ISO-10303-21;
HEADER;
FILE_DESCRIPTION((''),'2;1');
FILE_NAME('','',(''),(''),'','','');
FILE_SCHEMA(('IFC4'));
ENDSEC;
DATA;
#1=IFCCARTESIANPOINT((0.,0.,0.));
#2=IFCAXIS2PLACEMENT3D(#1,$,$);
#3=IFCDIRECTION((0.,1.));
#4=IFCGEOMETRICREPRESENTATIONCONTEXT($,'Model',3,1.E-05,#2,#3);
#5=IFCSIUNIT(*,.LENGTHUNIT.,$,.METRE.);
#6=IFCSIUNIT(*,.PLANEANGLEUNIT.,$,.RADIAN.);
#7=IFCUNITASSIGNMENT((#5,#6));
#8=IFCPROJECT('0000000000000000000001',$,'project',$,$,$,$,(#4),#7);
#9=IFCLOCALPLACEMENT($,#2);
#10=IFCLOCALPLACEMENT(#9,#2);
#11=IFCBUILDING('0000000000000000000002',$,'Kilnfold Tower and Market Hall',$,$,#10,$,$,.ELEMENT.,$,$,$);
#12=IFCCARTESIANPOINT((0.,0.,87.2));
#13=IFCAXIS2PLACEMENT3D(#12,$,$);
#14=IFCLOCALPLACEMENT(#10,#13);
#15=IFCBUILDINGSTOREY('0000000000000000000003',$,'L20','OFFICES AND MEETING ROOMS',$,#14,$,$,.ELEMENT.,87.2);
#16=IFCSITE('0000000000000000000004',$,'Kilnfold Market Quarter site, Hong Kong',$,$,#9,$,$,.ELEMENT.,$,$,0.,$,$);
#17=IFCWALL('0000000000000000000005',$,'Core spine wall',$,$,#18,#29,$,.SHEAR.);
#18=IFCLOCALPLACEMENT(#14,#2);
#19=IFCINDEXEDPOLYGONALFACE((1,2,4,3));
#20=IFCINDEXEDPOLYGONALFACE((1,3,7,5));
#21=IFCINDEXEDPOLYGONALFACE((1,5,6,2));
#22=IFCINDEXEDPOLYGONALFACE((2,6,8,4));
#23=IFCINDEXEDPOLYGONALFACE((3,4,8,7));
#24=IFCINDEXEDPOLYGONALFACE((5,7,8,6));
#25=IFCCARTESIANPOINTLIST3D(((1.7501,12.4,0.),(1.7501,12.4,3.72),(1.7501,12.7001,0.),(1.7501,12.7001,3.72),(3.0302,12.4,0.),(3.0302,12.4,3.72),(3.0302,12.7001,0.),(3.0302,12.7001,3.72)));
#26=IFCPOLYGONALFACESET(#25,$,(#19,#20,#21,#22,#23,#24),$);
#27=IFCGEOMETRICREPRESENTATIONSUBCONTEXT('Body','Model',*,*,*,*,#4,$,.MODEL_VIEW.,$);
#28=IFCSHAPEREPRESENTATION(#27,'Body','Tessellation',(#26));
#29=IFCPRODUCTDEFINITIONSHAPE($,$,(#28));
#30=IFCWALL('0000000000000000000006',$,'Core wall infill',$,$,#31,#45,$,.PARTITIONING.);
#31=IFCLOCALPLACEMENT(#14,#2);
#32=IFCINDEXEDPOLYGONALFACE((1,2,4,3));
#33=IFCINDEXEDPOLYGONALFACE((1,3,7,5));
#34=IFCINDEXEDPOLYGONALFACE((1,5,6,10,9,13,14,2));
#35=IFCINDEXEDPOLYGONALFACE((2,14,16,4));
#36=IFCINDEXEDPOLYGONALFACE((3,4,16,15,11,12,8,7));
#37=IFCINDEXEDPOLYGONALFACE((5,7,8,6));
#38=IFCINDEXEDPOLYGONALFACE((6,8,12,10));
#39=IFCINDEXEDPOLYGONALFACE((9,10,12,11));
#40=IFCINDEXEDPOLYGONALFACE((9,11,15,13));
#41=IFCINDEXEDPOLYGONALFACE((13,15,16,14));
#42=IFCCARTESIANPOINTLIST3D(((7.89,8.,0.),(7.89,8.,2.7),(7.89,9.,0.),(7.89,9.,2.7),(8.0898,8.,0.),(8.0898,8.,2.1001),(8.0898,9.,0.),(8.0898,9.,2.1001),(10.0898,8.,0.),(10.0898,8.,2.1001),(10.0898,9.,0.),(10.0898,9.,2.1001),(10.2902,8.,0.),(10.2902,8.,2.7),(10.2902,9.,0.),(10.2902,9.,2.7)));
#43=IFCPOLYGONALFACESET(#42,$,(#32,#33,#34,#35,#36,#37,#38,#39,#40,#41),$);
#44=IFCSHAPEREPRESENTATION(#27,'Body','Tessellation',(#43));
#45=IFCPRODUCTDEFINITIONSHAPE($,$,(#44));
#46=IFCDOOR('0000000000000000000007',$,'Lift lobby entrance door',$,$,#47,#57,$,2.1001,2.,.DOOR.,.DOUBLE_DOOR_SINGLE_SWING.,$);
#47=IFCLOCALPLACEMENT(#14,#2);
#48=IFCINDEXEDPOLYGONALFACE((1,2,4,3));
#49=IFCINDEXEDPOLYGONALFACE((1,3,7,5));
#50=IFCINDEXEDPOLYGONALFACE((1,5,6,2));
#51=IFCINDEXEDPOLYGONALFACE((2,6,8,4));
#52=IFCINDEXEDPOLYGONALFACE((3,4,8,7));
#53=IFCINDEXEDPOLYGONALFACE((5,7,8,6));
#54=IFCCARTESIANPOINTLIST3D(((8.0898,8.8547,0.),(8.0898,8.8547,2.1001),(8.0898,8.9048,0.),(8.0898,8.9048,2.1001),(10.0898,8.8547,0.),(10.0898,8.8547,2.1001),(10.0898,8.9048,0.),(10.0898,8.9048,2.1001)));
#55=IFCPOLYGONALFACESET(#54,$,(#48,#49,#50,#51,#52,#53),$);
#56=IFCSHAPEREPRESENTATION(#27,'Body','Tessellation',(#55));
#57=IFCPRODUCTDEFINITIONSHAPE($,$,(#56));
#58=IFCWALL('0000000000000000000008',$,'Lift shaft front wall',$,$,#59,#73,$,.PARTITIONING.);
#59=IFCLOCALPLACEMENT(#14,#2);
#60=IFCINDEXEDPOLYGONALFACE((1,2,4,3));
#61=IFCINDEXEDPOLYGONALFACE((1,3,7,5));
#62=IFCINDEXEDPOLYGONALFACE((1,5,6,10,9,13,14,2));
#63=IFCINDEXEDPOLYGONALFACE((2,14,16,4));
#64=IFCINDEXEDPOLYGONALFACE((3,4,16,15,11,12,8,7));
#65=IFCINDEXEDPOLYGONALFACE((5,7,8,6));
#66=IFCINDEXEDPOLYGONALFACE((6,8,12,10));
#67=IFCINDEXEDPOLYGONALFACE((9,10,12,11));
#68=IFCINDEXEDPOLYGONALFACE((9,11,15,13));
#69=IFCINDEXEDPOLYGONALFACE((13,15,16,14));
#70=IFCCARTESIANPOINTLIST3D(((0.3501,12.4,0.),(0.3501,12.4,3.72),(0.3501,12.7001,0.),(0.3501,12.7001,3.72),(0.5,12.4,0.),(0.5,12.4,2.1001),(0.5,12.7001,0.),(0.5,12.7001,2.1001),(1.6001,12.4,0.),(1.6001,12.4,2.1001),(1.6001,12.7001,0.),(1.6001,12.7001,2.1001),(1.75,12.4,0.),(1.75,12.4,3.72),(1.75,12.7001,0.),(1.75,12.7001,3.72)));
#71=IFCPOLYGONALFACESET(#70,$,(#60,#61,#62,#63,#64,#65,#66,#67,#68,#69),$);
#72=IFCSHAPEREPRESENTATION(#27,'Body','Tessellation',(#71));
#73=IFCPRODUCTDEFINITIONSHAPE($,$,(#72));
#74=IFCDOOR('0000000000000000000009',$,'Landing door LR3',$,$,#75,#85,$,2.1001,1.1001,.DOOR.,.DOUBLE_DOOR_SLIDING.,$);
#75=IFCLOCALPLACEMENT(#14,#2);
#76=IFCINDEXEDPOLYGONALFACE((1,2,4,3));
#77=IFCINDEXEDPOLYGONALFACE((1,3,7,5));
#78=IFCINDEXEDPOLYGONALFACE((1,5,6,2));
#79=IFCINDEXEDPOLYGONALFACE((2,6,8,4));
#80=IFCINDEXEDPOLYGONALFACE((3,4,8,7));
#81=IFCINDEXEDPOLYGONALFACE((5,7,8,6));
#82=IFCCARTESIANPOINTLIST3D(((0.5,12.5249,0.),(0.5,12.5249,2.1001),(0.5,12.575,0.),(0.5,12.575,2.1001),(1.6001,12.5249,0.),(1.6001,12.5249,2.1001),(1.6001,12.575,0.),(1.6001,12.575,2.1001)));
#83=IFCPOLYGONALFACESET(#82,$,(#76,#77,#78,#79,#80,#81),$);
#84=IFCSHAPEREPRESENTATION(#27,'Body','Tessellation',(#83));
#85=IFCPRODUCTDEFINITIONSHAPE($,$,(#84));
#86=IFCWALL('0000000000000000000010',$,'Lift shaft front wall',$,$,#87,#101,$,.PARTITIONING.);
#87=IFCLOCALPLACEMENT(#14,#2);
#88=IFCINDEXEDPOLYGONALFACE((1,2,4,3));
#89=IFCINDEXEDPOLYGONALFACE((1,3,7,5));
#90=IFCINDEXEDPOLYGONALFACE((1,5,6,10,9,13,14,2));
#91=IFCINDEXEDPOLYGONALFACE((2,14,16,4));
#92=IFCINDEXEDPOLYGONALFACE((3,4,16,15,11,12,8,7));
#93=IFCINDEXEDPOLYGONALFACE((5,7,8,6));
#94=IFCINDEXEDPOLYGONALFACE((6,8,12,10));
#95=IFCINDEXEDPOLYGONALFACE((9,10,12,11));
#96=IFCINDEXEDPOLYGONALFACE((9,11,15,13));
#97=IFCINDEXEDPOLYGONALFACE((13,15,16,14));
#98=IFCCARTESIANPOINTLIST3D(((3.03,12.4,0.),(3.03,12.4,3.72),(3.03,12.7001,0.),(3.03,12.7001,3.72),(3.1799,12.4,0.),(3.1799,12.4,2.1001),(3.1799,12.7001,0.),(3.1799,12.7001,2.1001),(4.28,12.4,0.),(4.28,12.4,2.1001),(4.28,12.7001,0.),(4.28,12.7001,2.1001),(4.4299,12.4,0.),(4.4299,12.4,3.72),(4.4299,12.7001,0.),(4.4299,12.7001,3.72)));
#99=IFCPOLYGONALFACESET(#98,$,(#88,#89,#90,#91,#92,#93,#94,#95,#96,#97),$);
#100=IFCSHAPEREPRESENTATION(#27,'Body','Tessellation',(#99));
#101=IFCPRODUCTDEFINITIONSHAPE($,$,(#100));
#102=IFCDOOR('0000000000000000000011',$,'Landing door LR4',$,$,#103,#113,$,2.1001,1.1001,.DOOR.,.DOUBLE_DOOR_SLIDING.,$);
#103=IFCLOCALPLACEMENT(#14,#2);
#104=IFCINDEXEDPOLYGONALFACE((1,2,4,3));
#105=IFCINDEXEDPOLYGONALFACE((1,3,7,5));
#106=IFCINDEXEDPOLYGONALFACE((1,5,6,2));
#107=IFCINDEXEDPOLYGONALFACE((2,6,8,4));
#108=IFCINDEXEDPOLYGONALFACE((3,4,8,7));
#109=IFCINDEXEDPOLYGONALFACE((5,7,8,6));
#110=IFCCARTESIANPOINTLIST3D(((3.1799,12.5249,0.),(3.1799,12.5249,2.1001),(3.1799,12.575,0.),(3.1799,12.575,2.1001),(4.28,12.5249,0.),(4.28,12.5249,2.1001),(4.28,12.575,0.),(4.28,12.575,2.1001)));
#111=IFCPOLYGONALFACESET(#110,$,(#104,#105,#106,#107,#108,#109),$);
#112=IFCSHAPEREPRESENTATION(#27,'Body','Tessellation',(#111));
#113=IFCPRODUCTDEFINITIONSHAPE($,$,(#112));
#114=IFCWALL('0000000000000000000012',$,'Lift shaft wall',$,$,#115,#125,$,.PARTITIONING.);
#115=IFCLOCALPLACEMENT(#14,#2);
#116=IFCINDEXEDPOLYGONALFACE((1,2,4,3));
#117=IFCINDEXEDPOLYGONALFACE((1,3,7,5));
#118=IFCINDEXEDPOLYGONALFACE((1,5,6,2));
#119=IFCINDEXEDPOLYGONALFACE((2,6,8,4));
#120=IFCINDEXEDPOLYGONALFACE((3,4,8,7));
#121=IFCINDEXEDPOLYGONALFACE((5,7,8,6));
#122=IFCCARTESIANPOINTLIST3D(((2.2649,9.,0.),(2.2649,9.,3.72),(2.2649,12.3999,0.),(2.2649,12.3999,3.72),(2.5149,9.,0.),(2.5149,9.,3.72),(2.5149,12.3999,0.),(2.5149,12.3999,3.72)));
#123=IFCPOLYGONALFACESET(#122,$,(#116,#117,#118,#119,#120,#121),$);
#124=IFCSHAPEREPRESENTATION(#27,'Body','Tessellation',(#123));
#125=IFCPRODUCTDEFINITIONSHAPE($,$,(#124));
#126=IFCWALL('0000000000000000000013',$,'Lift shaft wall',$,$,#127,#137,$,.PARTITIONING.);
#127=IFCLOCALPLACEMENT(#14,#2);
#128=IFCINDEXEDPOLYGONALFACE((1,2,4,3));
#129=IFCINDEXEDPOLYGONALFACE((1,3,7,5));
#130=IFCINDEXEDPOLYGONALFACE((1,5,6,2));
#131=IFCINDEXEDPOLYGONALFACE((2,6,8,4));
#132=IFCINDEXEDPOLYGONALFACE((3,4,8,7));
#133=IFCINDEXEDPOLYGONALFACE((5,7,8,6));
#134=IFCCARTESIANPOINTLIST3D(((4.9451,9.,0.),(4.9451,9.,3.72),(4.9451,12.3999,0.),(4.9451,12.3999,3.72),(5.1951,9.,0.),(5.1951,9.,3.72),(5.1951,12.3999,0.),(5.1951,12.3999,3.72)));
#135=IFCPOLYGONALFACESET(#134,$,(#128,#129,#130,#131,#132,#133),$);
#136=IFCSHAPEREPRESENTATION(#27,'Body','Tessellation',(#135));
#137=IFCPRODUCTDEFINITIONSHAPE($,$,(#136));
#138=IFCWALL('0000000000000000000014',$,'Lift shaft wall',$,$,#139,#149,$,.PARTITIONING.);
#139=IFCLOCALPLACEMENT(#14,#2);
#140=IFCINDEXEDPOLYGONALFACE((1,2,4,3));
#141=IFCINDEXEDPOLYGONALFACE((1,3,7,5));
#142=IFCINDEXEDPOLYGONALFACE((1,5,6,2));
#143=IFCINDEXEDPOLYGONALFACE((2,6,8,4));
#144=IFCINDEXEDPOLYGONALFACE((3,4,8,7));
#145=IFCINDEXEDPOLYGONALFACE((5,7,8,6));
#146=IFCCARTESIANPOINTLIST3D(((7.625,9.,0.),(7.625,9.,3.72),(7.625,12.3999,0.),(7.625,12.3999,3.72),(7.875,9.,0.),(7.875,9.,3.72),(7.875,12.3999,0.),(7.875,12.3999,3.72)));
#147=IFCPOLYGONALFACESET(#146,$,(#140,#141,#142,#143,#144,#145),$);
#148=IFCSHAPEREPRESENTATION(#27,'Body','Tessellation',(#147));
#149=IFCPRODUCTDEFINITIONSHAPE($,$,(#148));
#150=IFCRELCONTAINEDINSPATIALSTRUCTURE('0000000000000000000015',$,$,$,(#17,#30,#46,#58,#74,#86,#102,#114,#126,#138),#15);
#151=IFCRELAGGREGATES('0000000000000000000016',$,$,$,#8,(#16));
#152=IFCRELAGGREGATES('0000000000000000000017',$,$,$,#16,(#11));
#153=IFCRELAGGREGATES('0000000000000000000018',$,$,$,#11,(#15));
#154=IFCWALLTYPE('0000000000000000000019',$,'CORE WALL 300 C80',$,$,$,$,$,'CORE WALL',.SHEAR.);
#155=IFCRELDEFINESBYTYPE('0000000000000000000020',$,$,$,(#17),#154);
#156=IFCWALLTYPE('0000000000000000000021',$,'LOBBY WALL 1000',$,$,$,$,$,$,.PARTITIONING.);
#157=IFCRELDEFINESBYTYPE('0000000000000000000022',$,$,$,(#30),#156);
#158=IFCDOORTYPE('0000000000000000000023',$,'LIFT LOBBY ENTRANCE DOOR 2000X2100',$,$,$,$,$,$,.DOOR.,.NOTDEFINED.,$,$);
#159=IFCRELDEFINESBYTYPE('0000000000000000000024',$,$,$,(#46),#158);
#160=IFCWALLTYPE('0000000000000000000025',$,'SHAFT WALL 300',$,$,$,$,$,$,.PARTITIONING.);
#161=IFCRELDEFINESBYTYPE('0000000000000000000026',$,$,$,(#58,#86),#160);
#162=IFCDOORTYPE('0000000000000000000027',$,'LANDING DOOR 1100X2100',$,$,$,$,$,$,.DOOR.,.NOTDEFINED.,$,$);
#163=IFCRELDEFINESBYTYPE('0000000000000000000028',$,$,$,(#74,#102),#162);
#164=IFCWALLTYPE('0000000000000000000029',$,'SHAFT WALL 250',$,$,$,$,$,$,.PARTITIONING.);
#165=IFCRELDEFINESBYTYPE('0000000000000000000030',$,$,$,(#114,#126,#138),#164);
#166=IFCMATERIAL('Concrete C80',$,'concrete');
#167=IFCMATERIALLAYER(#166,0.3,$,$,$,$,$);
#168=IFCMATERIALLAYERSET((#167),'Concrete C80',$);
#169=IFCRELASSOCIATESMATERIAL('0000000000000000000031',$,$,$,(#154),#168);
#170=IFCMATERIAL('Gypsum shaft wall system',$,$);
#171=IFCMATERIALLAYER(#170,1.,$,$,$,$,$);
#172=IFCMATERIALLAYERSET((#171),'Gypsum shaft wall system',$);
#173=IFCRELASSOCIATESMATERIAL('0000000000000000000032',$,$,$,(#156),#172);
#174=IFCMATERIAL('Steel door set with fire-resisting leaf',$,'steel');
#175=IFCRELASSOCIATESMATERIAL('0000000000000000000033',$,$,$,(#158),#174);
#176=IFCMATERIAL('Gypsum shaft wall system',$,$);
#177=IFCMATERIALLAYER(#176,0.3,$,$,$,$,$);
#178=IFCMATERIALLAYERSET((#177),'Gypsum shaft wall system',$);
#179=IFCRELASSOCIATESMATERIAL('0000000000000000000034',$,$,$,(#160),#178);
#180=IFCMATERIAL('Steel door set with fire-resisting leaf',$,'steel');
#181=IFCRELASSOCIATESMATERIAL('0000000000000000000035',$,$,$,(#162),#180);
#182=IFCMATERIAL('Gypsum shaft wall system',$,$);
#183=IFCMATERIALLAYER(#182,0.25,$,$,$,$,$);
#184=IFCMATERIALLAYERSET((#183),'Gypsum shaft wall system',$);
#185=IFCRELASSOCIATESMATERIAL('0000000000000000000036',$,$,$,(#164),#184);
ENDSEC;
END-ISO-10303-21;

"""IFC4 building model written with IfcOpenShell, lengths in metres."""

from ifc_helpers import new_model, si_unit, direction, frame, frame_2d, origin, place, context, subcontext, project, spatial, rectangle, extrude, source, transform, mapped, material, layer, layer_set, type_object, element, fill, save


model = new_model("IFC4")

# Units and contexts
model_context = context("Model", 3, precision=1e-05, world=origin(), true_north=direction((0.0, 1.0)))
body_context = subcontext(model_context, "Body", "Model", "MODEL_VIEW")
ifc_project = project(units=[si_unit("LENGTHUNIT", "METRE"), si_unit("PLANEANGLEUNIT", "RADIAN")], contexts=[model_context])

# Site, building, storey
site_placement = place(None, origin())
site = spatial("IfcSite", under=ifc_project, at=site_placement, Name="Kilnfold Market Quarter site, Hong Kong", CompositionType="ELEMENT", RefElevation=0.0)
building_placement = place(site_placement, origin())
building = spatial("IfcBuilding", under=site, at=building_placement, Name="Kilnfold Tower and Market Hall", CompositionType="ELEMENT")
storey_placement = place(building_placement, frame((0.0, 0.0, 87.2)))
storey = spatial("IfcBuildingStorey", under=building, at=storey_placement, Name="L20", Description="OFFICES AND MEETING ROOMS", CompositionType="ELEMENT", Elevation=87.2)

# Wall
ifc_material_1 = material(Name="Concrete C80", Category="concrete")
ifc_layer_1 = layer(ifc_material_1, 0.3)
ifc_layer_set_1 = layer_set([ifc_layer_1], Name="Concrete C80")
wall_type_1 = type_object("IfcWallType", Name="CORE WALL 300 C80", ElementType="CORE WALL", PredefinedType="SHEAR", material=ifc_layer_set_1)
shared_shape_1 = source(origin(), body_context, "Body", "SweptSolid", [
    extrude(rectangle(XDim=1.28, YDim=0.3, at=frame_2d((0.6401, 0.0))), origin(), (0.0, 0.0, 1.0), 3.72),
])
wall_1_placement = place(storey_placement, frame((1.75, 12.55, 0.0), z_axis=(0.0, 0.0, 1.0), x_axis=(1.0, 0.0, 0.0)))
element("IfcWall", 1, at=wall_1_placement, inside=storey, type_object=wall_type_1, Name="Core spine wall", PredefinedType="SHEAR", context=body_context, shape_type="MappedRepresentation", body=[
    mapped(shared_shape_1, transform((0.0, 0.0, 0.0))),
])

# Walls, openings, doors
ifc_material_2 = material(Name="Gypsum shaft wall system")
ifc_layer_2 = layer(ifc_material_2, 1.0)
ifc_layer_set_2 = layer_set([ifc_layer_2], Name="Gypsum shaft wall system")
wall_type_2 = type_object("IfcWallType", Name="LOBBY WALL 1000", PredefinedType="PARTITIONING", material=ifc_layer_set_2)
shared_shape_2 = source(origin(), body_context, "Body", "SweptSolid", [
    extrude(rectangle(XDim=2.4001, YDim=1.0, at=frame_2d((1.2002, 0.0))), origin(), (0.0, 0.0, 1.0), 2.7),
])
wall_2_placement = place(storey_placement, frame((7.8899, 8.5, 0.0), z_axis=(0.0, 0.0, 1.0), x_axis=(1.0, 0.0, 0.0)))
wall_2 = element("IfcWall", 2, at=wall_2_placement, inside=storey, type_object=wall_type_2, Name="Core wall infill", PredefinedType="PARTITIONING", context=body_context, shape_type="MappedRepresentation", body=[
    mapped(shared_shape_2, transform((0.0, 0.0, 0.0))),
])
opening_1_placement = place(wall_2_placement, frame((0.2, 0.0, 0.0)))
opening_1 = element("IfcOpeningElement", 3, at=opening_1_placement, cuts=wall_2, PredefinedType="OPENING", context=body_context, shape_type="SweptSolid", body=[
    extrude(rectangle(XDim=2.0, YDim=2.1001, at=frame_2d((1.0, 1.05))), frame((0.0, 0.51, 0.0), z_axis=(0.0, -1.0, 0.0), x_axis=(1.0, 0.0, 0.0)), (0.0, 0.0, 1.0), 1.02),
])
ifc_material_3 = material(Name="Steel door set with fire-resisting leaf", Category="steel")
door_type_1 = type_object("IfcDoorType", Name="LIFT LOBBY ENTRANCE DOOR 2000X2100", OperationType="NOTDEFINED", PredefinedType="DOOR", material=ifc_material_3)
door_1_placement = place(opening_1_placement, origin())
door_1 = element("IfcDoor", 4, at=door_1_placement, inside=storey, type_object=door_type_1, Name="Lift lobby entrance door", OperationType="DOUBLE_DOOR_SINGLE_SWING", OverallHeight=2.1001, OverallWidth=2.0, PredefinedType="DOOR", context=body_context, shape_type="SweptSolid", body=[
    extrude(rectangle(XDim=2.0, YDim=2.1001, at=frame_2d((1.0, 1.05))), frame((0.0, 0.4048, 0.0), z_axis=(0.0, -1.0, 0.0), x_axis=(1.0, 0.0, 0.0)), (0.0, 0.0, 1.0), 0.05),
])
fill(opening_1, door_1)
ifc_material_4 = material(Name="Gypsum shaft wall system")
ifc_layer_3 = layer(ifc_material_4, 0.3)
ifc_layer_set_3 = layer_set([ifc_layer_3], Name="Gypsum shaft wall system")
wall_type_3 = type_object("IfcWallType", Name="SHAFT WALL 300", PredefinedType="PARTITIONING", material=ifc_layer_set_3)
shared_shape_3 = source(origin(), body_context, "Body", "SweptSolid", [
    extrude(rectangle(XDim=1.3999, YDim=0.3, at=frame_2d((0.7, 0.0))), origin(), (0.0, 0.0, 1.0), 3.72),
])
wall_3_placement = place(storey_placement, frame((0.3501, 12.55, 0.0), z_axis=(0.0, 0.0, 1.0), x_axis=(1.0, 0.0, 0.0)))
wall_3 = element("IfcWall", 5, at=wall_3_placement, inside=storey, type_object=wall_type_3, Name="Lift shaft front wall", PredefinedType="PARTITIONING", context=body_context, shape_type="MappedRepresentation", body=[
    mapped(shared_shape_3, transform((0.0, 0.0, 0.0))),
])
opening_2_placement = place(wall_3_placement, frame((0.1499, 0.0, 0.0)))
opening_2 = element("IfcOpeningElement", 6, at=opening_2_placement, cuts=wall_3, PredefinedType="OPENING", context=body_context, shape_type="SweptSolid", body=[
    extrude(rectangle(XDim=1.1001, YDim=2.1001, at=frame_2d((0.55, 1.05))), frame((0.0, 0.1602, 0.0), z_axis=(0.0, -1.0, 0.0), x_axis=(1.0, 0.0, 0.0)), (0.0, 0.0, 1.0), 0.3201),
])
ifc_material_5 = material(Name="Steel door set with fire-resisting leaf", Category="steel")
door_type_2 = type_object("IfcDoorType", Name="LANDING DOOR 1100X2100", OperationType="NOTDEFINED", PredefinedType="DOOR", material=ifc_material_5)
door_2_placement = place(opening_2_placement, origin())
door_2 = element("IfcDoor", 7, at=door_2_placement, inside=storey, type_object=door_type_2, Name="Landing door LR3", OperationType="DOUBLE_DOOR_SLIDING", OverallHeight=2.1001, OverallWidth=1.1001, PredefinedType="DOOR", context=body_context, shape_type="SweptSolid", body=[
    extrude(rectangle(XDim=1.1001, YDim=2.1001, at=frame_2d((0.55, 1.05))), frame((0.0, 0.0249, 0.0), z_axis=(0.0, -1.0, 0.0), x_axis=(1.0, 0.0, 0.0)), (0.0, 0.0, 1.0), 0.05),
])
fill(opening_2, door_2)
wall_4_placement = place(storey_placement, frame((3.03, 12.55, 0.0), z_axis=(0.0, 0.0, 1.0), x_axis=(1.0, 0.0, 0.0)))
wall_4 = element("IfcWall", 8, at=wall_4_placement, inside=storey, type_object=wall_type_3, Name="Lift shaft front wall", PredefinedType="PARTITIONING", context=body_context, shape_type="MappedRepresentation", body=[
    mapped(shared_shape_3, transform((0.0, 0.0, 0.0))),
])
opening_3_placement = place(wall_4_placement, frame((0.1499, 0.0, 0.0)))
opening_3 = element("IfcOpeningElement", 9, at=opening_3_placement, cuts=wall_4, PredefinedType="OPENING", context=body_context, shape_type="SweptSolid", body=[
    extrude(rectangle(XDim=1.1001, YDim=2.1001, at=frame_2d((0.55, 1.05))), frame((0.0, 0.1602, 0.0), z_axis=(0.0, -1.0, 0.0), x_axis=(1.0, 0.0, 0.0)), (0.0, 0.0, 1.0), 0.3201),
])
door_3_placement = place(opening_3_placement, origin())
door_3 = element("IfcDoor", 10, at=door_3_placement, inside=storey, type_object=door_type_2, Name="Landing door LR4", OperationType="DOUBLE_DOOR_SLIDING", OverallHeight=2.1001, OverallWidth=1.1001, PredefinedType="DOOR", context=body_context, shape_type="SweptSolid", body=[
    extrude(rectangle(XDim=1.1001, YDim=2.1001, at=frame_2d((0.55, 1.05))), frame((0.0, 0.0249, 0.0), z_axis=(0.0, -1.0, 0.0), x_axis=(1.0, 0.0, 0.0)), (0.0, 0.0, 1.0), 0.05),
])
fill(opening_3, door_3)

# Walls
ifc_material_6 = material(Name="Gypsum shaft wall system")
ifc_layer_4 = layer(ifc_material_6, 0.25)
ifc_layer_set_4 = layer_set([ifc_layer_4], Name="Gypsum shaft wall system")
wall_type_4 = type_object("IfcWallType", Name="SHAFT WALL 250", PredefinedType="PARTITIONING", material=ifc_layer_set_4)
shared_shape_4 = source(origin(), body_context, "Body", "SweptSolid", [
    extrude(rectangle(XDim=3.3999, YDim=0.25, at=frame_2d((1.7, 0.0))), origin(), (0.0, 0.0, 1.0), 3.72),
])
for number, where, z_axis, x_axis, name in (
    (11, (2.3899, 9.0, 0.0), (0.0, 0.0, 1.0), (0.0, 1.0, 0.0), "Lift shaft wall"),
    (12, (5.0701, 9.0, 0.0), (0.0, 0.0, 1.0), (0.0, 1.0, 0.0), "Lift shaft wall"),
    (13, (7.75, 9.0, 0.0), (0.0, 0.0, 1.0), (0.0, 1.0, 0.0), "Lift shaft wall"),
):
    element("IfcWall", number, at=place(storey_placement, frame(where, z_axis=z_axis, x_axis=x_axis)), inside=storey, type_object=wall_type_4, Name=name, PredefinedType="PARTITIONING", context=body_context, shape_type="MappedRepresentation", body=[
        mapped(shared_shape_4, transform((0.0, 0.0, 0.0))),
    ])

save(model, "model.ifc")
